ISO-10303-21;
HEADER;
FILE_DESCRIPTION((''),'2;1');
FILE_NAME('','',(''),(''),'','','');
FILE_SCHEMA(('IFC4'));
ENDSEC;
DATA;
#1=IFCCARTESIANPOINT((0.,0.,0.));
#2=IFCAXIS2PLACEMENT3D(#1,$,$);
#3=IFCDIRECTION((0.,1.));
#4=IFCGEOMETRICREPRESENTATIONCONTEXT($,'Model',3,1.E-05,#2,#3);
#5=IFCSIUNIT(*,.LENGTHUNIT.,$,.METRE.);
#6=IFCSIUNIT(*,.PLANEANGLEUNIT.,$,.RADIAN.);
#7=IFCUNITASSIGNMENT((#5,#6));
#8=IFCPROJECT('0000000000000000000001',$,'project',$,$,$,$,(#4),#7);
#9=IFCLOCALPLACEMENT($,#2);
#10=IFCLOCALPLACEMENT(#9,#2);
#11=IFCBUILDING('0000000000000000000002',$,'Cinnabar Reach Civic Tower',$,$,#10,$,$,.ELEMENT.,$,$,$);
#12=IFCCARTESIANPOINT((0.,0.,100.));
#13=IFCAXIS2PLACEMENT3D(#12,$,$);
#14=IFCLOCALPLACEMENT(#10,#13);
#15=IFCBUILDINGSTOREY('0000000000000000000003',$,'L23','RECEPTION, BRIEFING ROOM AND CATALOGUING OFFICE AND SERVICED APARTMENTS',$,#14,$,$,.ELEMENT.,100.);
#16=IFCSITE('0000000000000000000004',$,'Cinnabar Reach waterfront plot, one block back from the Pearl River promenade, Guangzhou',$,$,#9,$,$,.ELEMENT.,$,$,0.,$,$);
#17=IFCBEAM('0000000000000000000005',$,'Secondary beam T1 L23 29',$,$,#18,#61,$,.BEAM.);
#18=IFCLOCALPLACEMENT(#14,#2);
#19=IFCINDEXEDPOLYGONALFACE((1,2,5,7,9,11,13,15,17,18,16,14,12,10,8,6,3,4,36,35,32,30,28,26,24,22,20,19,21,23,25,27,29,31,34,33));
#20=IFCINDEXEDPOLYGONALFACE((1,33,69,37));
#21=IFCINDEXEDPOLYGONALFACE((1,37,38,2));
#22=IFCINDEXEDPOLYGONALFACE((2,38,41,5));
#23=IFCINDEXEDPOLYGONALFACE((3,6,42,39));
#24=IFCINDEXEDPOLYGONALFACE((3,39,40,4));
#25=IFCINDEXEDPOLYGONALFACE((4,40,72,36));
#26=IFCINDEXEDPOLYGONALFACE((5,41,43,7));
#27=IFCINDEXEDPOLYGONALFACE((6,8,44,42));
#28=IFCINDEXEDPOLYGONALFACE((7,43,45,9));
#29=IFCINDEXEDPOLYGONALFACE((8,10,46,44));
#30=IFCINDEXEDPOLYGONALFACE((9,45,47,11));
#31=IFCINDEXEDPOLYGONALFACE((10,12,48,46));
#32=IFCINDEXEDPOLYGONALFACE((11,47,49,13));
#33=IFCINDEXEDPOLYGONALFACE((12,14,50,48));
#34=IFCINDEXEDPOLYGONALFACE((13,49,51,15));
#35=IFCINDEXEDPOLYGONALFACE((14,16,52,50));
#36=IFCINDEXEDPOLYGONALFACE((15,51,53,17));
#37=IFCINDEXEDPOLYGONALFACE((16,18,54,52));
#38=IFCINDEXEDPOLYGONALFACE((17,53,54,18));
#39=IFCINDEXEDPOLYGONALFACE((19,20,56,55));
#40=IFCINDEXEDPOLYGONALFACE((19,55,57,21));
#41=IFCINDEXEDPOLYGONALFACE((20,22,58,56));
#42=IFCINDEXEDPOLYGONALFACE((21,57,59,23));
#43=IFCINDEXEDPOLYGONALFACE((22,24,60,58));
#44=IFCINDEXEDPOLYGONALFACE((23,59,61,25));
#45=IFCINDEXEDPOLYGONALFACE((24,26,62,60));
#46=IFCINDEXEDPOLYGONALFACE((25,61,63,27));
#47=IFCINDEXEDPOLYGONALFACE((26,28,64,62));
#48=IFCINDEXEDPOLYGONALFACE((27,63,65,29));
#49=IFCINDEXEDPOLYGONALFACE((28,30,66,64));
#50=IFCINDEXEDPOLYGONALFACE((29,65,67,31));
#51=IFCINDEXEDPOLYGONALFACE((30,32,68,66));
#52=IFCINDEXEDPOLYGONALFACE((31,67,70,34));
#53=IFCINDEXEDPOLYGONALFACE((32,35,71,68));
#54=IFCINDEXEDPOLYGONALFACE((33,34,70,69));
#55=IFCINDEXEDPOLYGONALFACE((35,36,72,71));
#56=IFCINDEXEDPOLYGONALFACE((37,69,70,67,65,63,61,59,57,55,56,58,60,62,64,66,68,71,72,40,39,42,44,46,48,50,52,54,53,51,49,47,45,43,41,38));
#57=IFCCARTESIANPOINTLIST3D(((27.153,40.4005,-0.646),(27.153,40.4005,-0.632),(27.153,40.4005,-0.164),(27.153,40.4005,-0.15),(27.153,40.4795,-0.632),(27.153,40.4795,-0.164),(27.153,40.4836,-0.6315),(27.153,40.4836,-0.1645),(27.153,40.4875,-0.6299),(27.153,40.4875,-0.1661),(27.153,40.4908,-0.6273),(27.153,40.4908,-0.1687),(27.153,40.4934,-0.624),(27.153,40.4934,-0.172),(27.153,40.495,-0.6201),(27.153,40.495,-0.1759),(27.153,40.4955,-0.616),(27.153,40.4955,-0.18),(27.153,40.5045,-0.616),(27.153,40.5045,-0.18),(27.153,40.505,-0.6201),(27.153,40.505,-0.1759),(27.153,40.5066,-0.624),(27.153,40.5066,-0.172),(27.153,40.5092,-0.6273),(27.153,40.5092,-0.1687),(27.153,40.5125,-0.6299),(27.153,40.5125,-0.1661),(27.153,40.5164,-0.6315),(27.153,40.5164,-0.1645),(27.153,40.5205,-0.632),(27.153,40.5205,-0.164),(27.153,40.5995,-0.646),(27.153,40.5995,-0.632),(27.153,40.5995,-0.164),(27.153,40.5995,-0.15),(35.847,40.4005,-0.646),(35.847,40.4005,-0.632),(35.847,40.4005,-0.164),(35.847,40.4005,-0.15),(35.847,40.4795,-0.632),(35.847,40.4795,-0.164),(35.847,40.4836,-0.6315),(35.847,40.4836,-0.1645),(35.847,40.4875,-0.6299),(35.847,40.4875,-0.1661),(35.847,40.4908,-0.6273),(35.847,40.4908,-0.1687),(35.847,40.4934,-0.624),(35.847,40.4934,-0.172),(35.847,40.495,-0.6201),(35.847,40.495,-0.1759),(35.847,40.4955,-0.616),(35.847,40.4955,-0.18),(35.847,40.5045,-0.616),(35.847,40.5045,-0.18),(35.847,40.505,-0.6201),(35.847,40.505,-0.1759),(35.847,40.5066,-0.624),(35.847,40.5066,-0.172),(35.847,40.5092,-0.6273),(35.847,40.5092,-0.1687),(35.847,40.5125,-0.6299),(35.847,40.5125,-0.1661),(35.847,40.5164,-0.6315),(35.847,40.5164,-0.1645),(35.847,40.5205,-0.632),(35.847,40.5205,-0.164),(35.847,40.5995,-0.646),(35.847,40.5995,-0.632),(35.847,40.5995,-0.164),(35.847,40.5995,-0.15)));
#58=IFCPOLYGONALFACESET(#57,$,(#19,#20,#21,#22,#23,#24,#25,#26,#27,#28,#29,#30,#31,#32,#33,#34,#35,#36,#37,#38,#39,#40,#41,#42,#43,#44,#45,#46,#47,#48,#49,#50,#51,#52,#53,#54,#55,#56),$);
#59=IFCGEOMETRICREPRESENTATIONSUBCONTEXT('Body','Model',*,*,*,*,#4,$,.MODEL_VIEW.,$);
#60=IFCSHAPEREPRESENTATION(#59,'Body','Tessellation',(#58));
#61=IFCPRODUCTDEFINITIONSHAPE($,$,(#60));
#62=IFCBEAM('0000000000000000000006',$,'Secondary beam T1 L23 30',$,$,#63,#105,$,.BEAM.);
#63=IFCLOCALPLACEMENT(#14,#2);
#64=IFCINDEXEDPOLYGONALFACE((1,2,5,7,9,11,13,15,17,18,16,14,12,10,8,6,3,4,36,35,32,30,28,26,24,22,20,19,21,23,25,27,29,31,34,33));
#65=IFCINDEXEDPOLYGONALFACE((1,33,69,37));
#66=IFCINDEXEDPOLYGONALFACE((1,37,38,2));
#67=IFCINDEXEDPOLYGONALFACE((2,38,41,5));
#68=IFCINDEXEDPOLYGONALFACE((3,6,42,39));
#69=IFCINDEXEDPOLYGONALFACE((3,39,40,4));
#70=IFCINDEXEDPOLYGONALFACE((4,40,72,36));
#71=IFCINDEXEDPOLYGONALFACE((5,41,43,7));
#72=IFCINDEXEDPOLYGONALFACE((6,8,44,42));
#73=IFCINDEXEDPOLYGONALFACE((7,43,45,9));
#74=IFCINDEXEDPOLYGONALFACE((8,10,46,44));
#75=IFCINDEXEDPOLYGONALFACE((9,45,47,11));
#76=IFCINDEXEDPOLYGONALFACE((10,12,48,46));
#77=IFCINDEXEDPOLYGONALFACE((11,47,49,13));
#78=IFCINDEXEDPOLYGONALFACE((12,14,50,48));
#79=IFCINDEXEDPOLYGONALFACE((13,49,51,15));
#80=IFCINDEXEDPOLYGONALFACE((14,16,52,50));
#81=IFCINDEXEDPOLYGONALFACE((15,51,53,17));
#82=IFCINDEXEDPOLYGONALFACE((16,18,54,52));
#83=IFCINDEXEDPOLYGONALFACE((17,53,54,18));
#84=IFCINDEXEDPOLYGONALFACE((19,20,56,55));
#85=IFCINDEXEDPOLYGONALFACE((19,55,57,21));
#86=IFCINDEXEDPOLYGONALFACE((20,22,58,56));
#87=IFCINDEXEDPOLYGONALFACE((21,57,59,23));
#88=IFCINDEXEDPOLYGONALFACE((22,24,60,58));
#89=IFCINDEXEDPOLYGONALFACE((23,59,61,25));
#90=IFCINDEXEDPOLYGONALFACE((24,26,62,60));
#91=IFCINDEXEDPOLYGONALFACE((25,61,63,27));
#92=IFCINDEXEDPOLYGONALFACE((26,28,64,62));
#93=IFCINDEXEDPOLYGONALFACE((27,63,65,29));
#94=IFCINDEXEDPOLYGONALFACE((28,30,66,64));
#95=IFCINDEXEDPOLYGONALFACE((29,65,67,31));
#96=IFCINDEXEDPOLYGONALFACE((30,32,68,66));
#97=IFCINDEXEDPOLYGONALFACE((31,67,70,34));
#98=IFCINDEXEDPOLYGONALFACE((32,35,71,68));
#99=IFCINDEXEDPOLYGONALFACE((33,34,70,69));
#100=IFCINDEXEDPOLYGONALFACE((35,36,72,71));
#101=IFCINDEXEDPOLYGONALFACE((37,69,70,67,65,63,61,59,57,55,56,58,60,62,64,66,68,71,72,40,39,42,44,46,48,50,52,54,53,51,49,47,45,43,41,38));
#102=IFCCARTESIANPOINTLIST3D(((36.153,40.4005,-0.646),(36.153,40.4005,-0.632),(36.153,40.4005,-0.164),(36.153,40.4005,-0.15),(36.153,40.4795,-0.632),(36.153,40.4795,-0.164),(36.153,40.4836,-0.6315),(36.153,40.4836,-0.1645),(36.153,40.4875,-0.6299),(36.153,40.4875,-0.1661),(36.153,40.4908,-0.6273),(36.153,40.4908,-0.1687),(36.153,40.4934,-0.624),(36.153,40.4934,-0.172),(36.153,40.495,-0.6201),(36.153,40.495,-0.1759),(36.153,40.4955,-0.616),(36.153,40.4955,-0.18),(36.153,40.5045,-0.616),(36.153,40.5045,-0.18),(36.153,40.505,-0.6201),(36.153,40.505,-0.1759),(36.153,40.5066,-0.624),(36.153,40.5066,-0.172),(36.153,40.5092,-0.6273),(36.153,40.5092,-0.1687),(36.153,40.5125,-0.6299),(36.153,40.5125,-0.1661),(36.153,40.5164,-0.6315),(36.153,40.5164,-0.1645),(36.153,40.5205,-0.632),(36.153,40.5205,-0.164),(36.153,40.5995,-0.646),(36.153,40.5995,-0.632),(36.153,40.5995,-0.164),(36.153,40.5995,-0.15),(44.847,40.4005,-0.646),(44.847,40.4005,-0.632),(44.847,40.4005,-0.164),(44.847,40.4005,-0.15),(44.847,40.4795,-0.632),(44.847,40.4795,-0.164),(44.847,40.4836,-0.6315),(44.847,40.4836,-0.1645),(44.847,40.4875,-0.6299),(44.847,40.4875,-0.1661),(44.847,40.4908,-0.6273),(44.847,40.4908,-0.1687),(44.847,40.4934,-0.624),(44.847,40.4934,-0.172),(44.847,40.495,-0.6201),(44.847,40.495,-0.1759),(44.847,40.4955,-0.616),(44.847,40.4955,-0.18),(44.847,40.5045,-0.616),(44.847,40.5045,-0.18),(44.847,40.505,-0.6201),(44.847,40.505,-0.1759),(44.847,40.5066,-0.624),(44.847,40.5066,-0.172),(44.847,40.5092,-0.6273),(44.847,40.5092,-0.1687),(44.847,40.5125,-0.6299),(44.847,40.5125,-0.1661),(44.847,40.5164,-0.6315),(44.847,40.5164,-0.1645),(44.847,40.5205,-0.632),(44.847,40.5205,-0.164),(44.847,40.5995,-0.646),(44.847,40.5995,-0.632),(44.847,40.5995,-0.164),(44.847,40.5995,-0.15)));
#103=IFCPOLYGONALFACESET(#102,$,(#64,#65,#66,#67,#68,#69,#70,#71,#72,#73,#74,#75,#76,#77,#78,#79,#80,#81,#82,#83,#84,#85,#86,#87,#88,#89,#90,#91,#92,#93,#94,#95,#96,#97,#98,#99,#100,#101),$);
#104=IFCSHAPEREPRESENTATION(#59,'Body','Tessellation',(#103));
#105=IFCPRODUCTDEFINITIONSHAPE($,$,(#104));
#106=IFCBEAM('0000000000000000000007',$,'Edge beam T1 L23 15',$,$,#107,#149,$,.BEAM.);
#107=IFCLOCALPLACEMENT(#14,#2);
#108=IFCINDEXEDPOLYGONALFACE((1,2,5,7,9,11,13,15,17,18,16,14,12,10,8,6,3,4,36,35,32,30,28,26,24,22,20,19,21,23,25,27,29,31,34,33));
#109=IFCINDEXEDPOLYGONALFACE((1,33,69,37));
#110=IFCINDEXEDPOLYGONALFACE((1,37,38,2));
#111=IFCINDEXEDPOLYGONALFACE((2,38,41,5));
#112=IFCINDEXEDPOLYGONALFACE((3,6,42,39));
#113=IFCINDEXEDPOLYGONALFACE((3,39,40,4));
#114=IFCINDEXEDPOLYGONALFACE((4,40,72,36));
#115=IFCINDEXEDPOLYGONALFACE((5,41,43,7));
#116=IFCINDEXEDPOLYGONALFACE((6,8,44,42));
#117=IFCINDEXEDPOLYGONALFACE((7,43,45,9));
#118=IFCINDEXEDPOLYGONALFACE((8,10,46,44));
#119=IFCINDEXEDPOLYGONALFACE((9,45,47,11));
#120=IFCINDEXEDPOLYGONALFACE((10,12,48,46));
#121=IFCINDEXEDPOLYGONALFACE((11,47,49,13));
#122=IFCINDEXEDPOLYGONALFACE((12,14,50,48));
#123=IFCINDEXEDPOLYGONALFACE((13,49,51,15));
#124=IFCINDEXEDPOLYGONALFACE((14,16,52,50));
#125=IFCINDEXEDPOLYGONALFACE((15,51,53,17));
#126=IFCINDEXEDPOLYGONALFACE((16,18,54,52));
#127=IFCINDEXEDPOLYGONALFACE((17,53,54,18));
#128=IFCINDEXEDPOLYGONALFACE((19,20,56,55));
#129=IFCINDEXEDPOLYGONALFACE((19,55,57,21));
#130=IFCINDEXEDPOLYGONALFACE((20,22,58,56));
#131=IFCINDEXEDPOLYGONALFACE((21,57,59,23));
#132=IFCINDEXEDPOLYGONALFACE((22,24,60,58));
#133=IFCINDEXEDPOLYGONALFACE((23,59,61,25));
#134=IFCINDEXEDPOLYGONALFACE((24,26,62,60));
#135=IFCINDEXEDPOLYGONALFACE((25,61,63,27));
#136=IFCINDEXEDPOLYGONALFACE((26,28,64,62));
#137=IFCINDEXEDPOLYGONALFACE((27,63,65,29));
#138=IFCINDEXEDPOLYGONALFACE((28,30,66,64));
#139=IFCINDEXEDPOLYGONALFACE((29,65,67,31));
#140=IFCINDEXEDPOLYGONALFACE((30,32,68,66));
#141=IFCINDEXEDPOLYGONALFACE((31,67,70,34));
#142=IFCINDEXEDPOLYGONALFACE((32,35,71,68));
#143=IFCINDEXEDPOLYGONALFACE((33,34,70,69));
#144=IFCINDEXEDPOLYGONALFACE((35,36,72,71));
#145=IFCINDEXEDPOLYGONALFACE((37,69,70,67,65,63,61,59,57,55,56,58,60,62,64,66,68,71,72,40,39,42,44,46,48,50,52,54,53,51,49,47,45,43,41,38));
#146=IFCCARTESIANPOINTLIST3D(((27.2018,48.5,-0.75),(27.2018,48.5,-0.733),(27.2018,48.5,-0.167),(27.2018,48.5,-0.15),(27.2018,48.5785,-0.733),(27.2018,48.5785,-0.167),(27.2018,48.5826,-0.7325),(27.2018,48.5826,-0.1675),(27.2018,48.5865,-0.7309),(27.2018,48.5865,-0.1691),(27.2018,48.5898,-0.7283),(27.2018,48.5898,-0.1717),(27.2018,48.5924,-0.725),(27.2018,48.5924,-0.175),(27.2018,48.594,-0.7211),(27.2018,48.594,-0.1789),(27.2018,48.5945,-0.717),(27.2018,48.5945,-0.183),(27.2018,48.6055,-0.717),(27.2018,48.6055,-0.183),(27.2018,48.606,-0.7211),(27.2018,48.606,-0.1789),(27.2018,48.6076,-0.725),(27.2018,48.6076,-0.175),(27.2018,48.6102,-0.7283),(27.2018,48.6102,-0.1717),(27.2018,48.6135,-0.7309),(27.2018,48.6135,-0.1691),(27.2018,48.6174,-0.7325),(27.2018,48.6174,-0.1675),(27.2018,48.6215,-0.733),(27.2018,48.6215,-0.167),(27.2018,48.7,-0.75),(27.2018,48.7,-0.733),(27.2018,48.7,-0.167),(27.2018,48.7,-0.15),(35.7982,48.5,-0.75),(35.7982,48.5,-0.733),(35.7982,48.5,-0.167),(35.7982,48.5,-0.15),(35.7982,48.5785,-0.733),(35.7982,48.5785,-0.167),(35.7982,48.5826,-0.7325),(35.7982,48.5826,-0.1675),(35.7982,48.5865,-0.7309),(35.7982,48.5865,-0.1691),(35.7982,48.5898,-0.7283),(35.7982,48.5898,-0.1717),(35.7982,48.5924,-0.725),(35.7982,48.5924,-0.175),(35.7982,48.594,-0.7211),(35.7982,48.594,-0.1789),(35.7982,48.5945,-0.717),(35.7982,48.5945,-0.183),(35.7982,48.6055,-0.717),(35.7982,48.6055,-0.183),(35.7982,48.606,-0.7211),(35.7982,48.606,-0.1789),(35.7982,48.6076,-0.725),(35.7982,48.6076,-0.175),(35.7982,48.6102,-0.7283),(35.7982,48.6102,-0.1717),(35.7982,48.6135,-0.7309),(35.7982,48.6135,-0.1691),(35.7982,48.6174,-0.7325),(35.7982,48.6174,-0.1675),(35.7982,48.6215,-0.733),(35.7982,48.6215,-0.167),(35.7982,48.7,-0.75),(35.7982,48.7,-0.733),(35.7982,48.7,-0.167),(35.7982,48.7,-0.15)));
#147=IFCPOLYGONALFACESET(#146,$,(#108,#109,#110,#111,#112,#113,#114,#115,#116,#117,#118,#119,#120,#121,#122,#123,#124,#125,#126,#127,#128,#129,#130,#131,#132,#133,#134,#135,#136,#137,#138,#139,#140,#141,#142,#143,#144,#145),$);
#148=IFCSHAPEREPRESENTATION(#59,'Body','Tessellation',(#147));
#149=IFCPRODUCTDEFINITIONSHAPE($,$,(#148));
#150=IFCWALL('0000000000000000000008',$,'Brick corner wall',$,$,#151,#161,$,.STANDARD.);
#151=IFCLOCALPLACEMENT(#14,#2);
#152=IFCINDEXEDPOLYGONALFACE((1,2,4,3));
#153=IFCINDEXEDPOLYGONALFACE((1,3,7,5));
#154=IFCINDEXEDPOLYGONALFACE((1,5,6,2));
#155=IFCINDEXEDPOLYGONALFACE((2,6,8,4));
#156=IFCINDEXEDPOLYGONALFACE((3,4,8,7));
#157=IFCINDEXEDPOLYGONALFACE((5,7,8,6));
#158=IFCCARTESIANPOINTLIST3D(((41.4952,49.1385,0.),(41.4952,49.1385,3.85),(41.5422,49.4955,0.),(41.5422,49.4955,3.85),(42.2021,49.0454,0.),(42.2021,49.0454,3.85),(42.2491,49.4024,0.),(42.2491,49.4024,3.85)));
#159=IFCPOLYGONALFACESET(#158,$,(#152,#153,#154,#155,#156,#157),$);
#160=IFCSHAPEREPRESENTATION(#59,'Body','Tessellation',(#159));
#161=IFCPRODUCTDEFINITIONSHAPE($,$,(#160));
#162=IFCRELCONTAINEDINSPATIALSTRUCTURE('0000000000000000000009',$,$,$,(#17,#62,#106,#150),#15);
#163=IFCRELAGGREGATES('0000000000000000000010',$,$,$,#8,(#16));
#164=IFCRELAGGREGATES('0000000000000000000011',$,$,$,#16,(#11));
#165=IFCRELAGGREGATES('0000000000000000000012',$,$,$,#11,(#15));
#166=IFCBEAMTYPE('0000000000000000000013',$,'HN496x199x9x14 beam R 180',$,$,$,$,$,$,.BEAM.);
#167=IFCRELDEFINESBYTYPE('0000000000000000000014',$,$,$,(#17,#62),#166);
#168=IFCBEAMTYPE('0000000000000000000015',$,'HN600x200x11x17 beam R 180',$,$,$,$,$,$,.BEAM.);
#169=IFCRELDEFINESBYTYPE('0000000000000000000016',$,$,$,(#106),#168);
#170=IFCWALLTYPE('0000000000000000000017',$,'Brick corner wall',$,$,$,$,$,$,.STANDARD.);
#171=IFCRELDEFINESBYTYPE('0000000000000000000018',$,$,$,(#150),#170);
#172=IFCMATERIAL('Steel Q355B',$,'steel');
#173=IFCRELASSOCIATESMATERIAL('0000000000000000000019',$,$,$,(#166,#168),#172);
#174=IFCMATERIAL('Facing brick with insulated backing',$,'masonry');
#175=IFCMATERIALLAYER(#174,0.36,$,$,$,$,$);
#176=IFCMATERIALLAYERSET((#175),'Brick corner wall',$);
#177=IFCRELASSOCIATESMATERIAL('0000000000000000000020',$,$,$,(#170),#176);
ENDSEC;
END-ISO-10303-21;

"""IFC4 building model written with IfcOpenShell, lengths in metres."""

from ifc_helpers import new_model, si_unit, direction, frame, frame_2d, origin, origin_2d, place, context, subcontext, project, spatial, rectangle, i_section, extrude, material, layer, layer_set, material_profile, profile_set, type_object, element, save


model = new_model("IFC4")

# Units and contexts
model_context = context("Model", 3, precision=1e-05, world=origin(), true_north=direction((0.0, 1.0)))
body_context = subcontext(model_context, "Body", "Model", "MODEL_VIEW")
ifc_project = project(units=[si_unit("LENGTHUNIT", "METRE"), si_unit("PLANEANGLEUNIT", "RADIAN")], contexts=[model_context])

# Site, building, storey
site_placement = place(None, origin())
site = spatial("IfcSite", under=ifc_project, at=site_placement, Name="Cinnabar Reach waterfront plot, one block back from the Pearl River promenade, Guangzhou", CompositionType="ELEMENT", RefElevation=0.0)
building_placement = place(site_placement, origin())
building = spatial("IfcBuilding", under=site, at=building_placement, Name="Cinnabar Reach Civic Tower", CompositionType="ELEMENT")
storey_placement = place(building_placement, frame((0.0, 0.0, 100.0)))
storey = spatial("IfcBuildingStorey", under=building, at=storey_placement, Name="L23", Description="RECEPTION, BRIEFING ROOM AND CATALOGUING OFFICE AND SERVICED APARTMENTS", CompositionType="ELEMENT", Elevation=100.0)

# Beams
ifc_material_1 = material(Name="Steel Q355B", Category="steel")
ifc_material_profile_1 = material_profile(ifc_material_1, i_section(OverallWidth=0.199, OverallDepth=0.496, WebThickness=0.009, FlangeThickness=0.014, FilletRadius=0.016, at=origin_2d()), Name="HN496x199x9x14")
ifc_profile_set_1 = profile_set([ifc_material_profile_1], Name="Steel Q355B")
beam_type_1 = type_object("IfcBeamType", Name="HN496x199x9x14 beam R 180", PredefinedType="BEAM", material=ifc_profile_set_1)
for number, where, z_axis, x_axis, name in (
    (1, (27.153, 40.5, -0.398), (1.0, 0.0, 0.0), (0.0, 1.0, 0.0), "Secondary beam T1 L23 29"),
    (2, (36.153, 40.5, -0.398), (1.0, 0.0, 0.0), (0.0, 1.0, 0.0), "Secondary beam T1 L23 30"),
):
    element("IfcBeam", number, at=place(storey_placement, frame(where, z_axis=z_axis, x_axis=x_axis)), inside=storey, type_object=beam_type_1, Name=name, PredefinedType="BEAM", context=body_context, shape_type="SweptSolid", body=[
        extrude(i_section(OverallWidth=0.199, OverallDepth=0.496, WebThickness=0.009, FlangeThickness=0.014, FilletRadius=0.016, at=origin_2d()), origin(), (0.0, 0.0, 1.0), 8.694),
    ])
ifc_material_profile_2 = material_profile(ifc_material_1, i_section(OverallWidth=0.2, OverallDepth=0.6, WebThickness=0.011, FlangeThickness=0.017, FilletRadius=0.016, at=origin_2d()), Name="HN600x200x11x17")
ifc_profile_set_2 = profile_set([ifc_material_profile_2], Name="Steel Q355B")
beam_type_2 = type_object("IfcBeamType", Name="HN600x200x11x17 beam R 180", PredefinedType="BEAM", material=ifc_profile_set_2)
beam_1_placement = place(storey_placement, frame((35.7982, 48.6, -0.45), z_axis=(-1.0, 0.0, 0.0), x_axis=(0.0, -1.0, 0.0)))
element("IfcBeam", 3, at=beam_1_placement, inside=storey, type_object=beam_type_2, Name="Edge beam T1 L23 15", PredefinedType="BEAM", context=body_context, shape_type="SweptSolid", body=[
    extrude(i_section(OverallWidth=0.2, OverallDepth=0.6, WebThickness=0.011, FlangeThickness=0.017, FilletRadius=0.016, at=origin_2d()), origin(), (0.0, 0.0, 1.0), 8.5964),
])

# Wall
ifc_material_2 = material(Name="Facing brick with insulated backing", Category="masonry")
ifc_layer_1 = layer(ifc_material_2, 0.36)
ifc_layer_set_1 = layer_set([ifc_layer_1], Name="Brick corner wall")
wall_type_1 = type_object("IfcWallType", Name="Brick corner wall", PredefinedType="STANDARD", material=ifc_layer_set_1)
wall_1_placement = place(storey_placement, frame((42.2256, 49.2239, 0.0), z_axis=(0.0, 0.0, 1.0), x_axis=(-0.991441, 0.130556, 0.0)))
element("IfcWall", 4, at=wall_1_placement, inside=storey, type_object=wall_type_1, Name="Brick corner wall", PredefinedType="STANDARD", context=body_context, shape_type="SweptSolid", body=[
    extrude(rectangle(XDim=0.7131, YDim=0.36, at=frame_2d((0.3565, 0.0))), origin(), (0.0, 0.0, 1.0), 3.85),
])

save(model, "model.ifc")
